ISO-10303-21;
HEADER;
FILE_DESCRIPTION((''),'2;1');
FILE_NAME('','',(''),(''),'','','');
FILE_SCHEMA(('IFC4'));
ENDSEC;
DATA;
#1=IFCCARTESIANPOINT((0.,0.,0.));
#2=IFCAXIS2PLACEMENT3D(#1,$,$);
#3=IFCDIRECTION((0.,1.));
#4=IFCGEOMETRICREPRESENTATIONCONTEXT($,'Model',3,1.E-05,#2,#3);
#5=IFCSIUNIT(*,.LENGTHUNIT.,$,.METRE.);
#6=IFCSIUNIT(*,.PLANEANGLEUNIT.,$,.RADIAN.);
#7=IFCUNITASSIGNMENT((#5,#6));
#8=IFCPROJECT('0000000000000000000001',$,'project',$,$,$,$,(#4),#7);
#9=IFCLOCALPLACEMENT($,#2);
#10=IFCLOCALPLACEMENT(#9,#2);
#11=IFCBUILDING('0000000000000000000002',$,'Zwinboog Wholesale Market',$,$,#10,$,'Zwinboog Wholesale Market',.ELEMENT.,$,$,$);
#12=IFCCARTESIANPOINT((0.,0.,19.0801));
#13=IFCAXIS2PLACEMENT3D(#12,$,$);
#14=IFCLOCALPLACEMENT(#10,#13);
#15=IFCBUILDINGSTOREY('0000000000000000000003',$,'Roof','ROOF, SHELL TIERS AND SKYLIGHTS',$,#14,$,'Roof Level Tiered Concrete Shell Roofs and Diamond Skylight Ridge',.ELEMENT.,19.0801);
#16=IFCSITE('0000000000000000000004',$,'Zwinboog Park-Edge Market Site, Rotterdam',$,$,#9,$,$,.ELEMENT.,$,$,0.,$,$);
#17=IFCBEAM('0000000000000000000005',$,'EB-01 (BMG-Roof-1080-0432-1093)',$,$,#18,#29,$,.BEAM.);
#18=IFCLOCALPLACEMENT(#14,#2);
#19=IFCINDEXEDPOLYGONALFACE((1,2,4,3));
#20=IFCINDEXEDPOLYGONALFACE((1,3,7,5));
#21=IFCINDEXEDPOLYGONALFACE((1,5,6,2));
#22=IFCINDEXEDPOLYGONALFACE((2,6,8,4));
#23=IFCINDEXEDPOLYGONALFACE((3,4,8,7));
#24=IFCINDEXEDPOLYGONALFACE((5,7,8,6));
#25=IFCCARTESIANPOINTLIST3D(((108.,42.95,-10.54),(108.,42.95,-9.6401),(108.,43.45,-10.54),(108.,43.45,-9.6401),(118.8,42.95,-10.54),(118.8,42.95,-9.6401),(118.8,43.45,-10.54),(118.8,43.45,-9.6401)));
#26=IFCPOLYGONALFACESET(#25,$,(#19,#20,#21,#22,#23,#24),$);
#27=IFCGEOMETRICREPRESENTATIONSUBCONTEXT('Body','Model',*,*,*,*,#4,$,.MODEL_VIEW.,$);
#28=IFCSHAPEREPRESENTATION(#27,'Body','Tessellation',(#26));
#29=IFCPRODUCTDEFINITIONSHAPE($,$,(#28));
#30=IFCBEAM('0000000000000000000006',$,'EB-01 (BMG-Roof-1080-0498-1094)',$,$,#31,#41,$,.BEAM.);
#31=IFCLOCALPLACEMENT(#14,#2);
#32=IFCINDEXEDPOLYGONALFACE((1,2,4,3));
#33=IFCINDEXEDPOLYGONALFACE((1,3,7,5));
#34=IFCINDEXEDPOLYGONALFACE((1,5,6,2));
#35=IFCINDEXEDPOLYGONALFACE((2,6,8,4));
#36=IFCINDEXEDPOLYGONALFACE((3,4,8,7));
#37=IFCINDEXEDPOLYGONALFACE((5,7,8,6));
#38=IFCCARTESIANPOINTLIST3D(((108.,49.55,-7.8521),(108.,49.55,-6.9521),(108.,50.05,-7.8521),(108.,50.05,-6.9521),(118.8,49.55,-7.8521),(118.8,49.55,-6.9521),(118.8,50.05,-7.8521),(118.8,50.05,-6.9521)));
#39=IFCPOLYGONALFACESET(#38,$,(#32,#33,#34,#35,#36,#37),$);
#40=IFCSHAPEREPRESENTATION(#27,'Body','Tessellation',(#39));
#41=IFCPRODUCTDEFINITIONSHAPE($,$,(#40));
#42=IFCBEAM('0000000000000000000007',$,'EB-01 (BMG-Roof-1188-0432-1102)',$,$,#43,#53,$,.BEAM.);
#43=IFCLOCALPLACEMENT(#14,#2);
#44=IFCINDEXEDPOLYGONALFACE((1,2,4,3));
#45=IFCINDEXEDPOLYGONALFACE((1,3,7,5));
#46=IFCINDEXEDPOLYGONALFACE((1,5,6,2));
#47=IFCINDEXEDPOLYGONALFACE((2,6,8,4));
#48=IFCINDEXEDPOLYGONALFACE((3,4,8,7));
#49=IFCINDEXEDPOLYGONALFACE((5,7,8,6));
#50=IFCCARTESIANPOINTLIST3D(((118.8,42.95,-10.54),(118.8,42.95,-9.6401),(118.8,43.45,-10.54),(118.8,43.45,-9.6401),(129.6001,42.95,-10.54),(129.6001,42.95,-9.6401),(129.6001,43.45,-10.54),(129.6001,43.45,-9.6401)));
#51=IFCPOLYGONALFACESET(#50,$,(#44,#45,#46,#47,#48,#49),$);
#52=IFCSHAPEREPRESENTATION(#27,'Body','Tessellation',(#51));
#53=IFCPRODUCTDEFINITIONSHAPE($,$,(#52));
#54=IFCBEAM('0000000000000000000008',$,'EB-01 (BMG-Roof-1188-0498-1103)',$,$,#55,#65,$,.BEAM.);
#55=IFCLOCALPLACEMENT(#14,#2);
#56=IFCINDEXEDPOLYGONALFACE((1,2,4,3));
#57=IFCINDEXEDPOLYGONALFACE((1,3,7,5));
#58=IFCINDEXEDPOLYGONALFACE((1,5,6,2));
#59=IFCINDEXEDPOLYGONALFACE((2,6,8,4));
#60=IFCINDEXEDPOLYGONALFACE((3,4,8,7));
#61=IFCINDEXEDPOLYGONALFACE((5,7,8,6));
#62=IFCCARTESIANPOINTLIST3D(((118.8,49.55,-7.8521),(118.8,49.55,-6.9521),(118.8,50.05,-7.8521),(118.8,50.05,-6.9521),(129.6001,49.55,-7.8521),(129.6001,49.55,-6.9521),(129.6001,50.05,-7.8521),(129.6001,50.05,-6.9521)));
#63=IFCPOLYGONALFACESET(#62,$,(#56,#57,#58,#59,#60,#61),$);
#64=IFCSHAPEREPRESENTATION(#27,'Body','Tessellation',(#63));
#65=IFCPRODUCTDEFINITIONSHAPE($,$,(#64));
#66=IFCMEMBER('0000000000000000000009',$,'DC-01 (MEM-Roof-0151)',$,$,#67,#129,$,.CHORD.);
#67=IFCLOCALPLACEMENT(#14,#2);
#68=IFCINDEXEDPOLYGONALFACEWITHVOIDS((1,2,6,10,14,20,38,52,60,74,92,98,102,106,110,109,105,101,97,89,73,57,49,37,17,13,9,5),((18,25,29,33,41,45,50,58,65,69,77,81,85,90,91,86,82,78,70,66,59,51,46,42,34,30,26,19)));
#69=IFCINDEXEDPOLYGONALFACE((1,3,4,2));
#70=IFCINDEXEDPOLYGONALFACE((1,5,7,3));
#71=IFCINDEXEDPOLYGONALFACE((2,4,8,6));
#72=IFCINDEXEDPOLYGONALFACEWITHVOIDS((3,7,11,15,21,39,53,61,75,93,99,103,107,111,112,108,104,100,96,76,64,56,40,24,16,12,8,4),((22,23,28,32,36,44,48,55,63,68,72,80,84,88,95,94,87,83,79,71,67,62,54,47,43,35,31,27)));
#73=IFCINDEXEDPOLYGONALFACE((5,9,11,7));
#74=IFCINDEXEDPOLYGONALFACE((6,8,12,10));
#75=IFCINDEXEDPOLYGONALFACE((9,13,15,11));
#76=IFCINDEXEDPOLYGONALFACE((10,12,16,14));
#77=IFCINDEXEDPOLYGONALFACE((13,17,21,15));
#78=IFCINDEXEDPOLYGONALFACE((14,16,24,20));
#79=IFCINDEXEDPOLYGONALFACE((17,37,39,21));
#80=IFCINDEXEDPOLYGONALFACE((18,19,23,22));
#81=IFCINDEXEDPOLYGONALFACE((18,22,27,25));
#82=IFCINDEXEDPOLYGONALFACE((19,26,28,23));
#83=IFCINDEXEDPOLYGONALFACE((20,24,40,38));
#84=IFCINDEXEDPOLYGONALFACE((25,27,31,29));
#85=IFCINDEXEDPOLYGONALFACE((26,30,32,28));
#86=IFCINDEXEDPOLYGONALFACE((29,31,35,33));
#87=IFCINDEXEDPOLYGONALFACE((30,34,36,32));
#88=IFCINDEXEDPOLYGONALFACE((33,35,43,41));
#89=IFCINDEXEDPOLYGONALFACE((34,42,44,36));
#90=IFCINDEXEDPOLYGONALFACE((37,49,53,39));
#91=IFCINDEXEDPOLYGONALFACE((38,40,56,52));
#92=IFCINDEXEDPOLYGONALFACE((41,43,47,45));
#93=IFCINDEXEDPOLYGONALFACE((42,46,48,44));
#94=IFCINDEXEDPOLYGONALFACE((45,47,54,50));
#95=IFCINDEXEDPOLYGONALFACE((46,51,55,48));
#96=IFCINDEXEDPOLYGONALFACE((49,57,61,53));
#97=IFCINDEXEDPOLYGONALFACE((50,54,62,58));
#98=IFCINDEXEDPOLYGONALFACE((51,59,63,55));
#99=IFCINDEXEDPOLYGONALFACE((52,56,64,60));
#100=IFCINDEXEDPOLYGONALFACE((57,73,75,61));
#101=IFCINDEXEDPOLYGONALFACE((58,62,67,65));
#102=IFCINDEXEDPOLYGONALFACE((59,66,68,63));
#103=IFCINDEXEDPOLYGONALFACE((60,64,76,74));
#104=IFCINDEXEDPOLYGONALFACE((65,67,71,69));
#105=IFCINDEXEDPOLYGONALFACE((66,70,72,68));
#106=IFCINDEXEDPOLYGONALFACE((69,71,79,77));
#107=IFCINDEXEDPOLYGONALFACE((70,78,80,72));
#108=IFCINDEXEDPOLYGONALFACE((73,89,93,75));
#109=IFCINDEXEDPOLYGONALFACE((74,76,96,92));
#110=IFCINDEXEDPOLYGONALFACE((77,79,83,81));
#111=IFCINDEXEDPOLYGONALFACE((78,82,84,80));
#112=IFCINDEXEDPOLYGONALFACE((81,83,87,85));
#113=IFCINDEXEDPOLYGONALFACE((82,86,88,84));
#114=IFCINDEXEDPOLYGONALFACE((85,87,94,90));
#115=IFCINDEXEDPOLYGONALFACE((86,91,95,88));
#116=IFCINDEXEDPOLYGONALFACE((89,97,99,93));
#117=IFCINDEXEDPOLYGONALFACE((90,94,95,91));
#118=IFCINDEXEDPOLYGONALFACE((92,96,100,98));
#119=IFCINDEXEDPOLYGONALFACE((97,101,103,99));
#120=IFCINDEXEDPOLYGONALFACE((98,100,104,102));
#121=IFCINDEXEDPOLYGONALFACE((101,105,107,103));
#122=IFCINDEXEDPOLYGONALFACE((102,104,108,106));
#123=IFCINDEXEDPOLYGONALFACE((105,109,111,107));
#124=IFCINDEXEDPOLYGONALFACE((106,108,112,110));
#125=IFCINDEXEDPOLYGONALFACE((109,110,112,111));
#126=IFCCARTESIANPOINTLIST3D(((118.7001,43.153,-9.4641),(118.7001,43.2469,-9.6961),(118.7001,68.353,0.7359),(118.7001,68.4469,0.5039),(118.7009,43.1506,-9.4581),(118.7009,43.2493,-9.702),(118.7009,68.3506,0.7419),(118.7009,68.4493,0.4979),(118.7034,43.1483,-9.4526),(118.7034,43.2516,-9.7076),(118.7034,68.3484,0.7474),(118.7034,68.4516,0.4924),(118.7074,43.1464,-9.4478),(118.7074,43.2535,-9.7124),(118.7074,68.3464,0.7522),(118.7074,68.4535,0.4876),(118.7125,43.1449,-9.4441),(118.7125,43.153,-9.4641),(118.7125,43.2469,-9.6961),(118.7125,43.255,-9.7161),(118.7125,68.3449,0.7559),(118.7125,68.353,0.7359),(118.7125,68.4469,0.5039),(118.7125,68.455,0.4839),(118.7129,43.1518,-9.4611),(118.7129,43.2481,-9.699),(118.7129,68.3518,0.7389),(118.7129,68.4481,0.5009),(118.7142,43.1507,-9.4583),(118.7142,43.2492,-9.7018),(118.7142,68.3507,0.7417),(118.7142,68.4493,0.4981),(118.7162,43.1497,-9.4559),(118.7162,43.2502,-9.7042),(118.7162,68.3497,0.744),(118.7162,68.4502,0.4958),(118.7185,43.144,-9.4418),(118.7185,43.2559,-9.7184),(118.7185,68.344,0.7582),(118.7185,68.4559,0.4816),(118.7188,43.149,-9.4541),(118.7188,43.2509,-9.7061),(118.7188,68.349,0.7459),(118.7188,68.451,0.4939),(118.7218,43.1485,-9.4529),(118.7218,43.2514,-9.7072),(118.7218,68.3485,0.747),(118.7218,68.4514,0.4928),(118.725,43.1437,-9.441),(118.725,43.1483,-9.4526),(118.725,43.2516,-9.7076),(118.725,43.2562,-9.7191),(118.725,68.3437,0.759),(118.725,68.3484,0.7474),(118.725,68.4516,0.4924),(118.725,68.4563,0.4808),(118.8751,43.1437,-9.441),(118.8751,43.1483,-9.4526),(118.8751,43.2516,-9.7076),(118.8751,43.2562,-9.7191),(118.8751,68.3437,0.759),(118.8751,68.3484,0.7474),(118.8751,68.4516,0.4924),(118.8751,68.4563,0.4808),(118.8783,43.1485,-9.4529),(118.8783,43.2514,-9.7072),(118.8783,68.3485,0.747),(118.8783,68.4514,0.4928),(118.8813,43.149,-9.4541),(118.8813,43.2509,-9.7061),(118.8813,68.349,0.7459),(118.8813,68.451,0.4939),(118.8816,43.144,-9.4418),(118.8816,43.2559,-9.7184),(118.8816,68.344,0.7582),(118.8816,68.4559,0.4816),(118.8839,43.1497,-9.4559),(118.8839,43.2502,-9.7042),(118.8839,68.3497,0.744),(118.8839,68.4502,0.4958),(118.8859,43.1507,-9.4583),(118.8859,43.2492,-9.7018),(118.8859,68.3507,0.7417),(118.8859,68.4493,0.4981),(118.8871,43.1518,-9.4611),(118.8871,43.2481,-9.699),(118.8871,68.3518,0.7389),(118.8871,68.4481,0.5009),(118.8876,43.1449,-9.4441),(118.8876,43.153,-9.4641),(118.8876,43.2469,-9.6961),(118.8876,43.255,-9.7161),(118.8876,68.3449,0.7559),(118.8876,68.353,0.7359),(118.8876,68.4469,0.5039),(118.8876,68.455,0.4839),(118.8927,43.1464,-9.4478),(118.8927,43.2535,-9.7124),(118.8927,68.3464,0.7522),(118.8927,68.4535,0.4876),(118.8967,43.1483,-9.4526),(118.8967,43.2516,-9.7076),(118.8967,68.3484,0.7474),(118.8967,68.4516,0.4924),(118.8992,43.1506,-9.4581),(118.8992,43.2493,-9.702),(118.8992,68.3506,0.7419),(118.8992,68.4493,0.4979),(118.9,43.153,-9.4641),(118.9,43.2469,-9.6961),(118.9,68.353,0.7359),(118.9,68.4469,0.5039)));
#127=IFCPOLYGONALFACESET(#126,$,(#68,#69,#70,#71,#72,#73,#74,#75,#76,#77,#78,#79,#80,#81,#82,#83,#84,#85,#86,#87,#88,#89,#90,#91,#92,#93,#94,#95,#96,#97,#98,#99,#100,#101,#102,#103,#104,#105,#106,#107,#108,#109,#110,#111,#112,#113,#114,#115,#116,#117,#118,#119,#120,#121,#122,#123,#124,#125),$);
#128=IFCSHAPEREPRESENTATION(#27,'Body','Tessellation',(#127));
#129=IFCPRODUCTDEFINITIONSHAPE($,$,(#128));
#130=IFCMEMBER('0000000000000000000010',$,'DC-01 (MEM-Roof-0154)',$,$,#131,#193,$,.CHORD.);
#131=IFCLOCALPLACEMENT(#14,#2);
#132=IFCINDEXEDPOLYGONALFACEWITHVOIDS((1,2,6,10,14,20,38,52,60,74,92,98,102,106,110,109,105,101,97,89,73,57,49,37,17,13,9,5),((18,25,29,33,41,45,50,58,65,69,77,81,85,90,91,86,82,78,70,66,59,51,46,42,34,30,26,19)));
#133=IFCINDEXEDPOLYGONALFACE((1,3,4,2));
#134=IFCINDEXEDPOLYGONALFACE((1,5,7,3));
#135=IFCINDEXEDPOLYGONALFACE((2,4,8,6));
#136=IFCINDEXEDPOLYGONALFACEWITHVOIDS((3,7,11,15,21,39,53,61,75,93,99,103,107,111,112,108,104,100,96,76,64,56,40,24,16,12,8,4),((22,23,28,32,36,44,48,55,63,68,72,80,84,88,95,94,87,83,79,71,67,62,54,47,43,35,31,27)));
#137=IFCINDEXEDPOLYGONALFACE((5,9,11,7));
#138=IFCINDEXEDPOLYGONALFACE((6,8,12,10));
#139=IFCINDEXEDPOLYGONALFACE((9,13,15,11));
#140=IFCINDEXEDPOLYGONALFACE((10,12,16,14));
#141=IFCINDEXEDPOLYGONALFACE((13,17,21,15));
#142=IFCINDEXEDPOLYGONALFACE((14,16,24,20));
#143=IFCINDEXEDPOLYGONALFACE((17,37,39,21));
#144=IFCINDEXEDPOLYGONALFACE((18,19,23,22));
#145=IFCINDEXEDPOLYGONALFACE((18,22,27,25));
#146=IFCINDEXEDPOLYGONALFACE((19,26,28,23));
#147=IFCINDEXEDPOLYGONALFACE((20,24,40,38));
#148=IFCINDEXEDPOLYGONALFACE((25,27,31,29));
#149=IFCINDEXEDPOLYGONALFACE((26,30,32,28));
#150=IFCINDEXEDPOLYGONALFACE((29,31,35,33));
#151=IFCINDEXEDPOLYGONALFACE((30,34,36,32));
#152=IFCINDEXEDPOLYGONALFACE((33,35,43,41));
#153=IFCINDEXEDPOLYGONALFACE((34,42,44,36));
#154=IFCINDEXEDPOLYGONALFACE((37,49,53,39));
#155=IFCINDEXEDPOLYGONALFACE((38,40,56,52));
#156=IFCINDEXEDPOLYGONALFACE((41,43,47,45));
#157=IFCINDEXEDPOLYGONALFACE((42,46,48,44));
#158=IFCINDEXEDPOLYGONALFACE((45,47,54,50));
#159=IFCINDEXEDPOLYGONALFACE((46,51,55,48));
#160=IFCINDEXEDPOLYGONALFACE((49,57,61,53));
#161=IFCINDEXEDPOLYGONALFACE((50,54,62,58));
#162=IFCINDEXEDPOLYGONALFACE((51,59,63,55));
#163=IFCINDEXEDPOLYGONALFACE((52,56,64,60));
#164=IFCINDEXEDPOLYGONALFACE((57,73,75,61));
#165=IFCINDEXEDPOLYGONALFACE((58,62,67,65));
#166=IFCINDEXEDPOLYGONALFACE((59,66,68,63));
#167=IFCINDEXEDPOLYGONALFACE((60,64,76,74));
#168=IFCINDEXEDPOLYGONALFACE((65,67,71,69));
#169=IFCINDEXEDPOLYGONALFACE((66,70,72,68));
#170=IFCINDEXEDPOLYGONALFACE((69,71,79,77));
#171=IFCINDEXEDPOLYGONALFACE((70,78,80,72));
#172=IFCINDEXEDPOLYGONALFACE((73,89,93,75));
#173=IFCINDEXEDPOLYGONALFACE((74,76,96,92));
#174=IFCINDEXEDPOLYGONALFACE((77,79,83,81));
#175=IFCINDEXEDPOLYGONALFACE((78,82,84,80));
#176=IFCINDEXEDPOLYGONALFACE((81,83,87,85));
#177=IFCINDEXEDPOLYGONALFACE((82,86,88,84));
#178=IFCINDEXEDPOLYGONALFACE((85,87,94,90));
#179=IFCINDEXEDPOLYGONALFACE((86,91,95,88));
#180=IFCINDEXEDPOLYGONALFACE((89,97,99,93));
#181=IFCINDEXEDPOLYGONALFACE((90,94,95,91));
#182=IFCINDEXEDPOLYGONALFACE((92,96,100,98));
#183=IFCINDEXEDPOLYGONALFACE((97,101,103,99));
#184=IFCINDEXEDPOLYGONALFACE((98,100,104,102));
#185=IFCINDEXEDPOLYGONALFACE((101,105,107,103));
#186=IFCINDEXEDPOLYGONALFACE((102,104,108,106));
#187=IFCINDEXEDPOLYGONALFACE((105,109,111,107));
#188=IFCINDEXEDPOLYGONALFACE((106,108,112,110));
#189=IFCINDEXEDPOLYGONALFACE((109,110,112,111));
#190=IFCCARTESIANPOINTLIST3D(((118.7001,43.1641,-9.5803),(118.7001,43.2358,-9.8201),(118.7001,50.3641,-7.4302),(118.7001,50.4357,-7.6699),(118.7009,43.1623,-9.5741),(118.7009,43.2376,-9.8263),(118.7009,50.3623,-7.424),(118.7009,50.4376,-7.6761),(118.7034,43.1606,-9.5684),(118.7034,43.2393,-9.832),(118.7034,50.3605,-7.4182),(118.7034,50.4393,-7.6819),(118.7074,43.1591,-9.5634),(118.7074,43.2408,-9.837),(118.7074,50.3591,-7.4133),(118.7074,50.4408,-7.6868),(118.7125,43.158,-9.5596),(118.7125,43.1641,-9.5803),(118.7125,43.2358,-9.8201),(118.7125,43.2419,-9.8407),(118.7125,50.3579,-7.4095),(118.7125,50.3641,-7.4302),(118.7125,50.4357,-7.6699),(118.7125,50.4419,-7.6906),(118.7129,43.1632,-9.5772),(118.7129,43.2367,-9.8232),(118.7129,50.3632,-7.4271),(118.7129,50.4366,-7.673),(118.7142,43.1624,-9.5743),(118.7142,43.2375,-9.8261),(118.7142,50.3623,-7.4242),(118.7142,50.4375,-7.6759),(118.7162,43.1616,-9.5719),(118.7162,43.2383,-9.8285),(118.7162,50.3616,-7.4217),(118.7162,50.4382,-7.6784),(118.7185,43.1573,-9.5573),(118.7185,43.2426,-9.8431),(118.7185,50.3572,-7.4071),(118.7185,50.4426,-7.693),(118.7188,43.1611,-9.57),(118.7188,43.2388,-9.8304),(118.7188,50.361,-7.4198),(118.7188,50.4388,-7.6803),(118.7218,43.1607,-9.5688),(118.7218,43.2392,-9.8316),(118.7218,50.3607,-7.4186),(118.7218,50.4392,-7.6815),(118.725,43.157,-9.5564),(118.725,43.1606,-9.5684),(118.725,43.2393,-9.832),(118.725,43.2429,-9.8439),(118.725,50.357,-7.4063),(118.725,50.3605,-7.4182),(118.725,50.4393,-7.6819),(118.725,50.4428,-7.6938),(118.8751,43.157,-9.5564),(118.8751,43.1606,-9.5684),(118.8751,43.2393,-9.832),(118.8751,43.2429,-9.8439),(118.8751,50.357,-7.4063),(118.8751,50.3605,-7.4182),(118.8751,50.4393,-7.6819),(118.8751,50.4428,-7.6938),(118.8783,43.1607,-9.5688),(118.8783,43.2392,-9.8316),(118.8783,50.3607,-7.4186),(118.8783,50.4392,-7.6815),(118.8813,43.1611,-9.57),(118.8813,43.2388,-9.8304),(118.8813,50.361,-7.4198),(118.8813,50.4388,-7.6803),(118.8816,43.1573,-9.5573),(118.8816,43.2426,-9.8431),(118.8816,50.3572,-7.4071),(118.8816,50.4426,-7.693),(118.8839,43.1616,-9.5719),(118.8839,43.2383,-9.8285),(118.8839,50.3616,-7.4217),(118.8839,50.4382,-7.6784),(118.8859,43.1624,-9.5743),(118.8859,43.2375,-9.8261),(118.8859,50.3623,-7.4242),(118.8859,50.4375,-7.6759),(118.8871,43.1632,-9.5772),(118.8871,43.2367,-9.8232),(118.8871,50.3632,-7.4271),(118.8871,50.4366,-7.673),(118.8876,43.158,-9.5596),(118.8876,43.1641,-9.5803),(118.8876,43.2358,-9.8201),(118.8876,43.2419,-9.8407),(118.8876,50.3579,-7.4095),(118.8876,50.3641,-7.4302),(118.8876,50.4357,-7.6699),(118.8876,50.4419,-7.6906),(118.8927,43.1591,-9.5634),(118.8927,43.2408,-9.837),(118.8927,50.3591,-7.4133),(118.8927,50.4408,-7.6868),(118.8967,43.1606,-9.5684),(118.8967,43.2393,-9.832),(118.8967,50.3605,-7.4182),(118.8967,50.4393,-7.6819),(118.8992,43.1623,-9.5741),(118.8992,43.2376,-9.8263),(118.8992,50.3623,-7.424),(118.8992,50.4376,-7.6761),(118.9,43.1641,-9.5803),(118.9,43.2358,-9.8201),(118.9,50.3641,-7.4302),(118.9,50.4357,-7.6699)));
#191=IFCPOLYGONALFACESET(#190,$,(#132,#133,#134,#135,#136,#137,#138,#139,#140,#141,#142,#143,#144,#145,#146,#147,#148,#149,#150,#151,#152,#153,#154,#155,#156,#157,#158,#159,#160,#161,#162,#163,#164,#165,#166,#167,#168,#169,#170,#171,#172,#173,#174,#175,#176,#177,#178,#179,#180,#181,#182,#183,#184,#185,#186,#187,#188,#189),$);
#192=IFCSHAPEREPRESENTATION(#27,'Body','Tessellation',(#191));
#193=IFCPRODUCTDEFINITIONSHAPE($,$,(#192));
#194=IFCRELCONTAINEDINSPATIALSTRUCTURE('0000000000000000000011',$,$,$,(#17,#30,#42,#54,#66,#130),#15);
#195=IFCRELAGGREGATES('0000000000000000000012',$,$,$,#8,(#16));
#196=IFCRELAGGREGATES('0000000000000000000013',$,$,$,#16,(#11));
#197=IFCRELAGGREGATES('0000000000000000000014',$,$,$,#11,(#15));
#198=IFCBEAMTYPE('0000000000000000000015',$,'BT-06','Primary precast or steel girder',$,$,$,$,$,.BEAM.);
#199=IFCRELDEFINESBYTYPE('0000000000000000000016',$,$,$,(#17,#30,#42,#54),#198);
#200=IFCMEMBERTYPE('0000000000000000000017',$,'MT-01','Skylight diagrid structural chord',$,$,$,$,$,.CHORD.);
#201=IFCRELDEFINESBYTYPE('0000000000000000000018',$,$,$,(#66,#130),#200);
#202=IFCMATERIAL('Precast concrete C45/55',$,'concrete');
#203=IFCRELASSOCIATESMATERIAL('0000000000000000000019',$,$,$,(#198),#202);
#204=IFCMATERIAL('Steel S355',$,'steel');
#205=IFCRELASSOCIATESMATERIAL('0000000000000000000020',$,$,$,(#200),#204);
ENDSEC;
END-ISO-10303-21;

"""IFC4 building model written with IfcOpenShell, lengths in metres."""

from ifc_helpers import new_model, si_unit, direction, frame, origin, origin_2d, place, context, subcontext, project, spatial, rectangle, hollow_rectangle, extrude, material, material_profile, profile_set, type_object, element, save


model = new_model("IFC4")

# Units and contexts
model_context = context("Model", 3, precision=1e-05, world=origin(), true_north=direction((0.0, 1.0)))
body_context = subcontext(model_context, "Body", "Model", "MODEL_VIEW")
ifc_project = project(units=[si_unit("LENGTHUNIT", "METRE"), si_unit("PLANEANGLEUNIT", "RADIAN")], contexts=[model_context])

# Site, building, storey
site_placement = place(None, origin())
site = spatial("IfcSite", under=ifc_project, at=site_placement, Name="Zwinboog Park-Edge Market Site, Rotterdam", CompositionType="ELEMENT", RefElevation=0.0)
building_placement = place(site_placement, origin())
building = spatial("IfcBuilding", under=site, at=building_placement, Name="Zwinboog Wholesale Market", LongName="Zwinboog Wholesale Market", CompositionType="ELEMENT")
storey_placement = place(building_placement, frame((0.0, 0.0, 19.0801)))
storey = spatial("IfcBuildingStorey", under=building, at=storey_placement, Name="Roof", Description="ROOF, SHELL TIERS AND SKYLIGHTS", LongName="Roof Level Tiered Concrete Shell Roofs and Diamond Skylight Ridge", CompositionType="ELEMENT", Elevation=19.0801)

# Beams
ifc_material_1 = material(Name="Precast concrete C45/55", Category="concrete")
ifc_material_profile_1 = material_profile(ifc_material_1, rectangle(XDim=0.5, YDim=0.8999, at=origin_2d()), Name="PC 500x900")
ifc_profile_set_1 = profile_set([ifc_material_profile_1], Name="Precast concrete C45/55")
beam_type = type_object("IfcBeamType", Name="BT-06", Description="Primary precast or steel girder", PredefinedType="BEAM", material=ifc_profile_set_1)
for number, where, z_axis, x_axis, name in (
    (1, (108.0, 43.2, -10.0901), (1.0, 0.0, 0.0), (0.0, 1.0, 0.0), "EB-01 (BMG-Roof-1080-0432-1093)"),
    (2, (108.0, 49.8, -7.4021), (1.0, 0.0, 0.0), (0.0, 1.0, 0.0), "EB-01 (BMG-Roof-1080-0498-1094)"),
    (3, (118.8, 43.2, -10.0901), (1.0, 0.0, 0.0), (0.0, 1.0, 0.0), "EB-01 (BMG-Roof-1188-0432-1102)"),
    (4, (118.8, 49.8, -7.4021), (1.0, 0.0, 0.0), (0.0, 1.0, 0.0), "EB-01 (BMG-Roof-1188-0498-1103)"),
):
    element("IfcBeam", number, at=place(storey_placement, frame(where, z_axis=z_axis, x_axis=x_axis)), inside=storey, type_object=beam_type, Name=name, PredefinedType="BEAM", context=body_context, shape_type="SweptSolid", body=[
        extrude(rectangle(XDim=0.5, YDim=0.8999, at=origin_2d()), origin(), (0.0, 0.0, 1.0), 10.8),
    ])

# Members
ifc_material_2 = material(Name="Steel S355", Category="steel")
ifc_material_profile_2 = material_profile(ifc_material_2, hollow_rectangle(XDim=0.2, YDim=0.3, WallThickness=0.0125, InnerFilletRadius=0.0125, OuterFilletRadius=0.0249, at=origin_2d()), Name="RHS 300x200x12.5")
ifc_profile_set_2 = profile_set([ifc_material_profile_2], Name="Steel S355")
member_type_1 = type_object("IfcMemberType", Name="MT-01", Description="Skylight diagrid structural chord", PredefinedType="CHORD", material=ifc_profile_set_2)
member_1_placement = place(storey_placement, frame((118.8, 43.2, -9.5801), z_axis=(0.0, 0.926947, 0.375192), x_axis=(-1.0, 0.0, 0.0)))
element("IfcMember", 5, at=member_1_placement, inside=storey, type_object=member_type_1, Name="DC-01 (MEM-Roof-0151)", PredefinedType="CHORD", context=body_context, shape_type="SweptSolid", body=[
    extrude(hollow_rectangle(XDim=0.2, YDim=0.3, WallThickness=0.0125, InnerFilletRadius=0.0125, OuterFilletRadius=0.0249, at=origin_2d()), origin(), (0.0, 0.0, 1.0), 27.186),
])
for number, where, z_axis, x_axis, name in (
    (6, (118.8, 43.2, -9.7002), (0.0, 0.958186, 0.286146), (-1.0, 0.0, 0.0), "DC-01 (MEM-Roof-0154)"),
):
    element("IfcMember", number, at=place(storey_placement, frame(where, z_axis=z_axis, x_axis=x_axis)), inside=storey, type_object=member_type_1, Name=name, PredefinedType="CHORD", context=body_context, shape_type="SweptSolid", body=[
        extrude(hollow_rectangle(XDim=0.2, YDim=0.3, WallThickness=0.0125, InnerFilletRadius=0.0125, OuterFilletRadius=0.0249, at=origin_2d()), origin(), (0.0, 0.0, 1.0), 7.5142),
    ])

save(model, "model.ifc")
